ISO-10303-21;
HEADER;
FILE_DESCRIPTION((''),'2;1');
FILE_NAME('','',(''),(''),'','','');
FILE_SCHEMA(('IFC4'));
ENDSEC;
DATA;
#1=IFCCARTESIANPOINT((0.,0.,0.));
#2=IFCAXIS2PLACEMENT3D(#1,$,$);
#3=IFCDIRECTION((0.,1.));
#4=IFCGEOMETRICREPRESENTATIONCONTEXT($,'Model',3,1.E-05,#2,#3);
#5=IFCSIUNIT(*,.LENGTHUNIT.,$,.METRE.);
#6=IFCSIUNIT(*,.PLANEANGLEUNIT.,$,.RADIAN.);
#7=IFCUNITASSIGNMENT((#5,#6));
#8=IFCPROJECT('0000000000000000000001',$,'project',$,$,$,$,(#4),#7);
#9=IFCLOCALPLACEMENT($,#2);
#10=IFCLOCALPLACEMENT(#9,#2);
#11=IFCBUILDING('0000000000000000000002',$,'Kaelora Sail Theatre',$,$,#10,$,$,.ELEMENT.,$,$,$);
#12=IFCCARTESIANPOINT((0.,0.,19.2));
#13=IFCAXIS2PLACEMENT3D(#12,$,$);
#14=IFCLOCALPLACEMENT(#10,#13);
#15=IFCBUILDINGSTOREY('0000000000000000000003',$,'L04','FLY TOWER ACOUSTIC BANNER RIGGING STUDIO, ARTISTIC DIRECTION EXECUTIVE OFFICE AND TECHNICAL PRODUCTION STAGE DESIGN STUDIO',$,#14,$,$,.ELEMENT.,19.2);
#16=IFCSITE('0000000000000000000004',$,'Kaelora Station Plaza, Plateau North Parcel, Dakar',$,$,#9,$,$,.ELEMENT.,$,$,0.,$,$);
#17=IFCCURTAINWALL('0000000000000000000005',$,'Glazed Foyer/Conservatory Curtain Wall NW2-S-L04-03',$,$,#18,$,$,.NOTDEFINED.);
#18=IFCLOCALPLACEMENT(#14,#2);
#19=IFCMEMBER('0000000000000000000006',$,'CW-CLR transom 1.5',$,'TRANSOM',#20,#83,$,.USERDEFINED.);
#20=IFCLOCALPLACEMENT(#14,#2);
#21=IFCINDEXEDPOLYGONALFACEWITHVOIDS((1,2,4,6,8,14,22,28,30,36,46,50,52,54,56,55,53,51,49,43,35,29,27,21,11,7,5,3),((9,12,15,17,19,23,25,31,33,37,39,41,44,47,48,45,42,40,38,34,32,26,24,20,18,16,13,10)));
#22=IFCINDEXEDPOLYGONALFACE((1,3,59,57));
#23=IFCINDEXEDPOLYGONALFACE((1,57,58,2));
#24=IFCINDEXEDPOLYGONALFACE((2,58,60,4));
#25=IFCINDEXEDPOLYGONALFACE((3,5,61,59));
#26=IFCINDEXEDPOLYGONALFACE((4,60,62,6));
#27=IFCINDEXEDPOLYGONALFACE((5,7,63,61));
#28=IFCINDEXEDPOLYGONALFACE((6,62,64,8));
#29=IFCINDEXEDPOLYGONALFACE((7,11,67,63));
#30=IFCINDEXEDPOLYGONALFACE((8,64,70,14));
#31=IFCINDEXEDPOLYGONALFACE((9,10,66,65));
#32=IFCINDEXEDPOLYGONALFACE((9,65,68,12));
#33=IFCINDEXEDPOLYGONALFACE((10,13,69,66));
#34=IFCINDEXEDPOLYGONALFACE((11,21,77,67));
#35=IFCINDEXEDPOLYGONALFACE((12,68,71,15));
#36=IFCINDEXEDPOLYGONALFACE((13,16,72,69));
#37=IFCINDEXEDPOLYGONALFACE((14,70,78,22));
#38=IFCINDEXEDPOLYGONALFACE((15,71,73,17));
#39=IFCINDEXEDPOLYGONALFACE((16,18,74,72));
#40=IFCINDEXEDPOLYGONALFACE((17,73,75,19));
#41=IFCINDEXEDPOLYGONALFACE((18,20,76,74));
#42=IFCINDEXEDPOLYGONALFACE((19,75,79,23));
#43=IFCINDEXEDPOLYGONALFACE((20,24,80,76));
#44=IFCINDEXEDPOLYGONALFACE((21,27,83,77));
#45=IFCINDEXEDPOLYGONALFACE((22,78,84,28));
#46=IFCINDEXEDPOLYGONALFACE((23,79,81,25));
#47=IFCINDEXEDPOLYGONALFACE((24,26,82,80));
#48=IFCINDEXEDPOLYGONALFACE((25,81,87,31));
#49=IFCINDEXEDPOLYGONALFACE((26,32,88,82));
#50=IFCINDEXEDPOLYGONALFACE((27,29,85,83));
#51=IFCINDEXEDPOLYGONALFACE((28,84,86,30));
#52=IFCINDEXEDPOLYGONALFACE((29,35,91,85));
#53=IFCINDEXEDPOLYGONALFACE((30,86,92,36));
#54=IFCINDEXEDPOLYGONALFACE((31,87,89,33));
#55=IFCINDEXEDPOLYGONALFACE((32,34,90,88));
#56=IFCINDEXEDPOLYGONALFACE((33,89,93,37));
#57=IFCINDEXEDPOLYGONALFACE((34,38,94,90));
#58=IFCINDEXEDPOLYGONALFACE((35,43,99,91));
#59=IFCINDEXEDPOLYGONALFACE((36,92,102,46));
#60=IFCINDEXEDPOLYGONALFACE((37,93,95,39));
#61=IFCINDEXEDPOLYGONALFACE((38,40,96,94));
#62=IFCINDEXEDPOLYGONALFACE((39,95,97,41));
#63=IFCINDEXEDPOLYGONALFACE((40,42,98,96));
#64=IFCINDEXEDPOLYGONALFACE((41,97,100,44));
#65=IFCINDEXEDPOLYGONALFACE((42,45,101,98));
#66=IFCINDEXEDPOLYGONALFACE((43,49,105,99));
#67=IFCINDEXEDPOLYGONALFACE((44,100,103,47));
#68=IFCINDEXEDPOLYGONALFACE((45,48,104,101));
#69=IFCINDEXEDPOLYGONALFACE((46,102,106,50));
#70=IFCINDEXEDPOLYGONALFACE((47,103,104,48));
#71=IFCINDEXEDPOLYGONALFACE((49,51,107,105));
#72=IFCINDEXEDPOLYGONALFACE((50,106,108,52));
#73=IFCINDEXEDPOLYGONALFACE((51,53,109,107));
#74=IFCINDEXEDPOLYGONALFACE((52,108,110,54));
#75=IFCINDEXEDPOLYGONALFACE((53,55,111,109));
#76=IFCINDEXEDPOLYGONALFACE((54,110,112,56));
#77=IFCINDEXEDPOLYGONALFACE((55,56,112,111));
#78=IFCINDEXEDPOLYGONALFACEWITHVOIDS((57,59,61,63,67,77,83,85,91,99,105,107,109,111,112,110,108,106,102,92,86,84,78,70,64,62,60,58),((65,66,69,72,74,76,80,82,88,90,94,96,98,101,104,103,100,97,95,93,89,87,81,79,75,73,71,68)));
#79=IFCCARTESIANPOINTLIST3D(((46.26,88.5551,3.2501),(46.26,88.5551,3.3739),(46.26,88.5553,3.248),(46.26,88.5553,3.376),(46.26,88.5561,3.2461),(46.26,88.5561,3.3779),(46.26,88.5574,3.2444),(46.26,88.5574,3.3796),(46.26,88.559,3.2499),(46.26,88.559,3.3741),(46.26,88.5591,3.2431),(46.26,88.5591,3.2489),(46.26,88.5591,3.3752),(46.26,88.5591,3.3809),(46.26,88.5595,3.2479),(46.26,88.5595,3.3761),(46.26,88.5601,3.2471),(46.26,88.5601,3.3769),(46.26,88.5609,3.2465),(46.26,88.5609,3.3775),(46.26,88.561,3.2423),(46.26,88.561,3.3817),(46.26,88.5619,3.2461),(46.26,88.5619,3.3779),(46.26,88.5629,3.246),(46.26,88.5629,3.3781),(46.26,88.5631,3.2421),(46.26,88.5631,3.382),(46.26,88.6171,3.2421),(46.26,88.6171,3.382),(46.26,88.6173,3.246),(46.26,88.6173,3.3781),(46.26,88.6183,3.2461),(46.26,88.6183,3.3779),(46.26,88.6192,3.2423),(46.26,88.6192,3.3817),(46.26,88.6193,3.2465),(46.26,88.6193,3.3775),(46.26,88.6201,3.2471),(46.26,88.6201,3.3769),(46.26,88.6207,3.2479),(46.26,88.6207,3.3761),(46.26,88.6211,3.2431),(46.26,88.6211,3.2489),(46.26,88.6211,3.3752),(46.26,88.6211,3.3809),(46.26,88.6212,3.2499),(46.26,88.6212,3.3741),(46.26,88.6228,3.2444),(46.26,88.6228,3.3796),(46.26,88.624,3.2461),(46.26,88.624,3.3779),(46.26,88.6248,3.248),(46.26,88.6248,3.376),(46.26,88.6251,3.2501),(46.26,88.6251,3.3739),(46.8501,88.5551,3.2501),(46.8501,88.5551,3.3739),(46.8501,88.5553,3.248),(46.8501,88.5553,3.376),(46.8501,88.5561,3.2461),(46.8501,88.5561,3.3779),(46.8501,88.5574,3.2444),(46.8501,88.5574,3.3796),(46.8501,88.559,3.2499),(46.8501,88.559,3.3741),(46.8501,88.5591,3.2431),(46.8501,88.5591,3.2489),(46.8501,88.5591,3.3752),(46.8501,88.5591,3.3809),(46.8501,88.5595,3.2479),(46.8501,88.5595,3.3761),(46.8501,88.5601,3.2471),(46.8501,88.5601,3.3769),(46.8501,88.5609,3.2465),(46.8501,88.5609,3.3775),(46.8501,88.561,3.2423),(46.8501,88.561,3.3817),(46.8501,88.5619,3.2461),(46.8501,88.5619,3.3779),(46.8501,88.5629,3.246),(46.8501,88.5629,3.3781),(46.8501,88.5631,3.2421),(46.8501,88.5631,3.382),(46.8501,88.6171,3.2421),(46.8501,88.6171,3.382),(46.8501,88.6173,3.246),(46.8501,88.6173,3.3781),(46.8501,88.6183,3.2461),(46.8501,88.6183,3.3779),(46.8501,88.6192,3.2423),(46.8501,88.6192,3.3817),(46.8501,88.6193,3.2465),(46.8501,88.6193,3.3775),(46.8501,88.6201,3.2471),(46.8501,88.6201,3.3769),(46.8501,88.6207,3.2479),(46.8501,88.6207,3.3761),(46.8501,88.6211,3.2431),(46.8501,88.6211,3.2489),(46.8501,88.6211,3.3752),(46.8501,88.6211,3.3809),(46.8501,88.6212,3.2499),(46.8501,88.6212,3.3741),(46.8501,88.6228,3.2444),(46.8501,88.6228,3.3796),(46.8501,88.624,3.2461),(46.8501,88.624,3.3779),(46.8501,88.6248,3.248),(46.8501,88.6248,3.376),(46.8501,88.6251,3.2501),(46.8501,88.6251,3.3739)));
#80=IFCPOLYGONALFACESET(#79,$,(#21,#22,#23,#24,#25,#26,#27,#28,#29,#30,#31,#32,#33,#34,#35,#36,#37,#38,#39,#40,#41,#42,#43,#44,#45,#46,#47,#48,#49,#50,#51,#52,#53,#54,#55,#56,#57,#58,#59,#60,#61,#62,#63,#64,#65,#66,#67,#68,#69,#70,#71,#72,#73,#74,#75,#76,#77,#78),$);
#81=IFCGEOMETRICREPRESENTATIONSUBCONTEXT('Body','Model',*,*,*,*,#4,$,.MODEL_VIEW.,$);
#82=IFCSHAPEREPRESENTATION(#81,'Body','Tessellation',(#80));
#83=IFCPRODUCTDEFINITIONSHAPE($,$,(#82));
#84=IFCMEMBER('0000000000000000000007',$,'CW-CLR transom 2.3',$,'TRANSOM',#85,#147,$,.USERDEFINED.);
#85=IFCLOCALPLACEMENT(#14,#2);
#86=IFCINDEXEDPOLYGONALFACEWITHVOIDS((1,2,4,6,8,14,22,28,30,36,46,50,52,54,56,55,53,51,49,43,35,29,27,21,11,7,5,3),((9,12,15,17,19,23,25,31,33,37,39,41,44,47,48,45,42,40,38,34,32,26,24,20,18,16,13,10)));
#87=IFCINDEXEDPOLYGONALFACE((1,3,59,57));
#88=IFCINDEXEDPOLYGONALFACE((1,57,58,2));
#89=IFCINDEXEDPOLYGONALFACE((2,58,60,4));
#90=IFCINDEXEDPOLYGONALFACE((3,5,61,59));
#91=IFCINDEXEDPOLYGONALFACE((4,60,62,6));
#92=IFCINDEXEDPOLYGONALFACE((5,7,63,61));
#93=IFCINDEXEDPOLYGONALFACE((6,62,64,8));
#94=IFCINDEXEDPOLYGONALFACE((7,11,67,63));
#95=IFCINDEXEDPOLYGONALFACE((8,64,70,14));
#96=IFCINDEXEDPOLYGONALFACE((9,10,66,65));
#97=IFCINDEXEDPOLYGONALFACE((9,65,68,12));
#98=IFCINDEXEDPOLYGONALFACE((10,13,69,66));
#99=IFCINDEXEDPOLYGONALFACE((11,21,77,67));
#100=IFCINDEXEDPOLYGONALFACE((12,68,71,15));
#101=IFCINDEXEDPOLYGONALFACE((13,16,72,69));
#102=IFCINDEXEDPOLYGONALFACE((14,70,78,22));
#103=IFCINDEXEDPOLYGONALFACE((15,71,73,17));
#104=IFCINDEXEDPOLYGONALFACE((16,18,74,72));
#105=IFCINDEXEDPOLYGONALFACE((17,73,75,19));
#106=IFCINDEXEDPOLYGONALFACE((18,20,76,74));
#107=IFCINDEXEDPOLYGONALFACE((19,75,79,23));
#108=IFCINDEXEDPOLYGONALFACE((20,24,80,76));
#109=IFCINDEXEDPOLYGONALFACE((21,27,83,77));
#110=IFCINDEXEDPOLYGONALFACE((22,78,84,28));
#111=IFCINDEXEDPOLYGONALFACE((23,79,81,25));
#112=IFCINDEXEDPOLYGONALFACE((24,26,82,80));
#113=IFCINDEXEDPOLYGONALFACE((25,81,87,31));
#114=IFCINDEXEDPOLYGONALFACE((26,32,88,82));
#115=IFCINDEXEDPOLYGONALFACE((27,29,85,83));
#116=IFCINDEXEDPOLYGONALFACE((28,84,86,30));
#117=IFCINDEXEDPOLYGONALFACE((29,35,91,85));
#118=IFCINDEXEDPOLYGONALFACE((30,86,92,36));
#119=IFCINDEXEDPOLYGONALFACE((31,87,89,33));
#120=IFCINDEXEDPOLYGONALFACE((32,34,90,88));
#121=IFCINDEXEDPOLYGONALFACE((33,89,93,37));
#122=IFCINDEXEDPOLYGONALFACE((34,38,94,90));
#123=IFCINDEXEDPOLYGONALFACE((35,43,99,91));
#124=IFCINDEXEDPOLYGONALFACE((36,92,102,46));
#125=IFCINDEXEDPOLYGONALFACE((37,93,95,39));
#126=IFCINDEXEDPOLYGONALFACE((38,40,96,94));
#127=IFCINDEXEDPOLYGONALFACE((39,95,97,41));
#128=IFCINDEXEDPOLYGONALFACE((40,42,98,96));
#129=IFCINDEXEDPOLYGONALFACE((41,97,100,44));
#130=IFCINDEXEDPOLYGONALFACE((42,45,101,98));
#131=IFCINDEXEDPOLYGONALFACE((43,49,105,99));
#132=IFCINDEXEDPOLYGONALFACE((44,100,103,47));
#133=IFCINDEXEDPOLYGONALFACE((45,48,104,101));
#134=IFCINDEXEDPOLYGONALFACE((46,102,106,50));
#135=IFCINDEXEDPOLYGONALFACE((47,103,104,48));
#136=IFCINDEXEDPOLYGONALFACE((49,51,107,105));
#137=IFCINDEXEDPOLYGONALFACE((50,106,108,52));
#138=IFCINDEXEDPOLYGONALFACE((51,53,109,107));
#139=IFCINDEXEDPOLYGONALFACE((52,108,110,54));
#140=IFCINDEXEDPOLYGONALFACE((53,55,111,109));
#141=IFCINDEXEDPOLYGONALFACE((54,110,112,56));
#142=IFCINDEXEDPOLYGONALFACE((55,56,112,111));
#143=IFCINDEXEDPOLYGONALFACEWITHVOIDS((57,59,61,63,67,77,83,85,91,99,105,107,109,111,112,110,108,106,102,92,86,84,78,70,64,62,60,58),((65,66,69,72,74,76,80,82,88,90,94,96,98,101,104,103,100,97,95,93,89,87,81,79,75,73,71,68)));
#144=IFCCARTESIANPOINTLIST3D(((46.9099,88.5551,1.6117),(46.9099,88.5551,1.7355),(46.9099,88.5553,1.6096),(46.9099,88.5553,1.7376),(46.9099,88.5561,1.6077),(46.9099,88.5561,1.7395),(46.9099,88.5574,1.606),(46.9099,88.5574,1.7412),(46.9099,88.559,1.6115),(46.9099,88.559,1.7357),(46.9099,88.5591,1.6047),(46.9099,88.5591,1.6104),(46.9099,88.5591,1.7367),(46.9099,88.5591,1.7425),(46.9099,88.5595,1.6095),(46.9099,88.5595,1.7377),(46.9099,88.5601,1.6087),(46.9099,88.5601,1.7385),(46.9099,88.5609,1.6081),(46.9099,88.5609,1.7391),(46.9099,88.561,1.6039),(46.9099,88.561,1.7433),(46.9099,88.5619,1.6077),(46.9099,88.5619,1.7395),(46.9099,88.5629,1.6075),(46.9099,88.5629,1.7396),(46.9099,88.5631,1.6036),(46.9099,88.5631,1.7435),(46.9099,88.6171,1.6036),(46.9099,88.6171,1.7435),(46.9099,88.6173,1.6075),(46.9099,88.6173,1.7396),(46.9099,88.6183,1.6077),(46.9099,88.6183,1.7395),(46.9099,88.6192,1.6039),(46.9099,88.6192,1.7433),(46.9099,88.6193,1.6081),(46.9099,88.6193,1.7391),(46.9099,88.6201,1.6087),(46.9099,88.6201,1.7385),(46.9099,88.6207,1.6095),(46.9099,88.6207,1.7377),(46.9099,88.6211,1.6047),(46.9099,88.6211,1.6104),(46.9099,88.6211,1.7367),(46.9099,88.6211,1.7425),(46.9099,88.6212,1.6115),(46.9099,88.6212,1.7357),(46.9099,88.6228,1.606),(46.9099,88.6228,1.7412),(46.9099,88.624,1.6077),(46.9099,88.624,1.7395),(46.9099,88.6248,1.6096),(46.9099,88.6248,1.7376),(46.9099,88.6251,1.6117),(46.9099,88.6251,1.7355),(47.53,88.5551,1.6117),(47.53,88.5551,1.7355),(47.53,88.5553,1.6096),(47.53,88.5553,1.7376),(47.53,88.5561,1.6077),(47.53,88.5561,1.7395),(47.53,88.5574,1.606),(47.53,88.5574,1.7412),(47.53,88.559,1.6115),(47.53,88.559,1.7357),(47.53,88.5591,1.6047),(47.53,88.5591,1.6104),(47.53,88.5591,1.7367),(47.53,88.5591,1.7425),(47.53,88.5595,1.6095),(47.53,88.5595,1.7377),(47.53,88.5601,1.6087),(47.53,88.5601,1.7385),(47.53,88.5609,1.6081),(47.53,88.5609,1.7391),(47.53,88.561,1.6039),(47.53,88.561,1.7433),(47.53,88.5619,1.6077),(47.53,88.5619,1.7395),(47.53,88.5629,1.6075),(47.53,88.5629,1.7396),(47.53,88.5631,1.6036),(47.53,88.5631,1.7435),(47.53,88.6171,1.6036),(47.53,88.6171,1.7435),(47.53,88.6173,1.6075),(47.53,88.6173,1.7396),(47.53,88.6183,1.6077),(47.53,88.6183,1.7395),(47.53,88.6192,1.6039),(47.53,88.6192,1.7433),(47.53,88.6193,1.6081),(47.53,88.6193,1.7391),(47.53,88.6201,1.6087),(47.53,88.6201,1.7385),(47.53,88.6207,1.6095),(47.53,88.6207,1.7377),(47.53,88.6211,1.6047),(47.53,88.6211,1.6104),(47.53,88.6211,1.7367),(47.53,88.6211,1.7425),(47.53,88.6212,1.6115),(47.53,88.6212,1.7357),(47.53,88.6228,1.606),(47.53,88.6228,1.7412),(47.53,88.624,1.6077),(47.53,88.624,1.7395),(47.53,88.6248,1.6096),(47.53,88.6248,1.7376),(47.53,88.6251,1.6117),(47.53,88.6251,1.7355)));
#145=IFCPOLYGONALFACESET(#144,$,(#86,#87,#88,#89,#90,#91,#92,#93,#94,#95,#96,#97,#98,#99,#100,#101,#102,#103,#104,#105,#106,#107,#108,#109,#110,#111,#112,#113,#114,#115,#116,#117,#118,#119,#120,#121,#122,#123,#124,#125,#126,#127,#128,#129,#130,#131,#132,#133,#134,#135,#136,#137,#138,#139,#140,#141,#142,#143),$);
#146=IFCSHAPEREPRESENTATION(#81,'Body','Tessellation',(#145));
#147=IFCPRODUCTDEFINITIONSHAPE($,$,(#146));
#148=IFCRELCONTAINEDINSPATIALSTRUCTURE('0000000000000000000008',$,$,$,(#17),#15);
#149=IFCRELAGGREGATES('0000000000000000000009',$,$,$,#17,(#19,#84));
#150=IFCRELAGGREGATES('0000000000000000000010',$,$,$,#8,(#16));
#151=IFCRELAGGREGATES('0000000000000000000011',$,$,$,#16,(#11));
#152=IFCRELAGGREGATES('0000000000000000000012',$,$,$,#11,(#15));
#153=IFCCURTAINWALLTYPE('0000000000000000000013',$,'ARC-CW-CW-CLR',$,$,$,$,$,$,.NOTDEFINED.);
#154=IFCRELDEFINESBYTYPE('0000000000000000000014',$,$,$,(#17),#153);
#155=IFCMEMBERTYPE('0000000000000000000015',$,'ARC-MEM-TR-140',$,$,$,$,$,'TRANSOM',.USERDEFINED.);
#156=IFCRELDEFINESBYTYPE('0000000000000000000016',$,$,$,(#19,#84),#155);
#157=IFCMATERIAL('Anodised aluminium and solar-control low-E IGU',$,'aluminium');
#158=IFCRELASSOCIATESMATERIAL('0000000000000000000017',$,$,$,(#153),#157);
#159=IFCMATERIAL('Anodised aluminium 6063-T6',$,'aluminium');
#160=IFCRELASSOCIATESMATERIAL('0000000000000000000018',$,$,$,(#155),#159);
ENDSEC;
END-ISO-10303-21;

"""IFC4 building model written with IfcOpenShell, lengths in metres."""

from ifc_helpers import new_model, si_unit, direction, frame, origin, origin_2d, place, context, subcontext, project, spatial, hollow_rectangle, extrude, material, material_profile, profile_set, type_object, element, aggregate, save


model = new_model("IFC4")

# Units and contexts
model_context = context("Model", 3, precision=1e-05, world=origin(), true_north=direction((0.0, 1.0)))
body_context = subcontext(model_context, "Body", "Model", "MODEL_VIEW")
ifc_project = project(units=[si_unit("LENGTHUNIT", "METRE"), si_unit("PLANEANGLEUNIT", "RADIAN")], contexts=[model_context])

# Site, building, storey
site_placement = place(None, origin())
site = spatial("IfcSite", under=ifc_project, at=site_placement, Name="Kaelora Station Plaza, Plateau North Parcel, Dakar", CompositionType="ELEMENT", RefElevation=0.0)
building_placement = place(site_placement, origin())
building = spatial("IfcBuilding", under=site, at=building_placement, Name="Kaelora Sail Theatre", CompositionType="ELEMENT")
storey_placement = place(building_placement, frame((0.0, 0.0, 19.2)))
storey = spatial("IfcBuildingStorey", under=building, at=storey_placement, Name="L04", Description="FLY TOWER ACOUSTIC BANNER RIGGING STUDIO, ARTISTIC DIRECTION EXECUTIVE OFFICE AND TECHNICAL PRODUCTION STAGE DESIGN STUDIO", CompositionType="ELEMENT", Elevation=19.2)

# Curtain wall, members
ifc_material_1 = material(Name="Anodised aluminium and solar-control low-E IGU", Category="aluminium")
curtain_wall_type = type_object("IfcCurtainWallType", Name="ARC-CW-CW-CLR", PredefinedType="NOTDEFINED", material=ifc_material_1)
curtain_wall_placement = place(storey_placement, origin())
curtain_wall = element("IfcCurtainWall", 1, at=curtain_wall_placement, inside=storey, type_object=curtain_wall_type, Name="Glazed Foyer/Conservatory Curtain Wall NW2-S-L04-03", PredefinedType="NOTDEFINED")
ifc_material_2 = material(Name="Anodised aluminium 6063-T6", Category="aluminium")
ifc_material_profile = material_profile(ifc_material_2, hollow_rectangle(XDim=0.0701, YDim=0.1399, WallThickness=0.0039, InnerFilletRadius=0.0039, OuterFilletRadius=0.0081, at=origin_2d()), Name="ALU-TRAN 70x140x4")
ifc_profile_set = profile_set([ifc_material_profile], Name="Anodised aluminium 6063-T6")
member_type = type_object("IfcMemberType", Name="ARC-MEM-TR-140", ElementType="TRANSOM", PredefinedType="USERDEFINED", material=ifc_profile_set)
member_1_placement = place(storey_placement, frame((46.26, 88.5901, 3.312), z_axis=(1.0, 0.0, 0.0), x_axis=(0.0, 1.0, 0.0)))
member_1 = element("IfcMember", 2, at=member_1_placement, type_object=member_type, Name="CW-CLR transom 1.5", ObjectType="TRANSOM", PredefinedType="USERDEFINED", context=body_context, shape_type="SweptSolid", body=[
    extrude(hollow_rectangle(XDim=0.0701, YDim=0.1399, WallThickness=0.0039, InnerFilletRadius=0.0039, OuterFilletRadius=0.0081, at=origin_2d()), origin(), (0.0, 0.0, 1.0), 0.5901),
])
member_2_placement = place(storey_placement, frame((46.9099, 88.5901, 1.6736), z_axis=(1.0, 0.0, 0.0), x_axis=(0.0, 1.0, 0.0)))
member_2 = element("IfcMember", 3, at=member_2_placement, type_object=member_type, Name="CW-CLR transom 2.3", ObjectType="TRANSOM", PredefinedType="USERDEFINED", context=body_context, shape_type="SweptSolid", body=[
    extrude(hollow_rectangle(XDim=0.0701, YDim=0.1399, WallThickness=0.0039, InnerFilletRadius=0.0039, OuterFilletRadius=0.0081, at=origin_2d()), origin(), (0.0, 0.0, 1.0), 0.6201),
])
aggregate(curtain_wall, [member_1, member_2])

save(model, "model.ifc")
